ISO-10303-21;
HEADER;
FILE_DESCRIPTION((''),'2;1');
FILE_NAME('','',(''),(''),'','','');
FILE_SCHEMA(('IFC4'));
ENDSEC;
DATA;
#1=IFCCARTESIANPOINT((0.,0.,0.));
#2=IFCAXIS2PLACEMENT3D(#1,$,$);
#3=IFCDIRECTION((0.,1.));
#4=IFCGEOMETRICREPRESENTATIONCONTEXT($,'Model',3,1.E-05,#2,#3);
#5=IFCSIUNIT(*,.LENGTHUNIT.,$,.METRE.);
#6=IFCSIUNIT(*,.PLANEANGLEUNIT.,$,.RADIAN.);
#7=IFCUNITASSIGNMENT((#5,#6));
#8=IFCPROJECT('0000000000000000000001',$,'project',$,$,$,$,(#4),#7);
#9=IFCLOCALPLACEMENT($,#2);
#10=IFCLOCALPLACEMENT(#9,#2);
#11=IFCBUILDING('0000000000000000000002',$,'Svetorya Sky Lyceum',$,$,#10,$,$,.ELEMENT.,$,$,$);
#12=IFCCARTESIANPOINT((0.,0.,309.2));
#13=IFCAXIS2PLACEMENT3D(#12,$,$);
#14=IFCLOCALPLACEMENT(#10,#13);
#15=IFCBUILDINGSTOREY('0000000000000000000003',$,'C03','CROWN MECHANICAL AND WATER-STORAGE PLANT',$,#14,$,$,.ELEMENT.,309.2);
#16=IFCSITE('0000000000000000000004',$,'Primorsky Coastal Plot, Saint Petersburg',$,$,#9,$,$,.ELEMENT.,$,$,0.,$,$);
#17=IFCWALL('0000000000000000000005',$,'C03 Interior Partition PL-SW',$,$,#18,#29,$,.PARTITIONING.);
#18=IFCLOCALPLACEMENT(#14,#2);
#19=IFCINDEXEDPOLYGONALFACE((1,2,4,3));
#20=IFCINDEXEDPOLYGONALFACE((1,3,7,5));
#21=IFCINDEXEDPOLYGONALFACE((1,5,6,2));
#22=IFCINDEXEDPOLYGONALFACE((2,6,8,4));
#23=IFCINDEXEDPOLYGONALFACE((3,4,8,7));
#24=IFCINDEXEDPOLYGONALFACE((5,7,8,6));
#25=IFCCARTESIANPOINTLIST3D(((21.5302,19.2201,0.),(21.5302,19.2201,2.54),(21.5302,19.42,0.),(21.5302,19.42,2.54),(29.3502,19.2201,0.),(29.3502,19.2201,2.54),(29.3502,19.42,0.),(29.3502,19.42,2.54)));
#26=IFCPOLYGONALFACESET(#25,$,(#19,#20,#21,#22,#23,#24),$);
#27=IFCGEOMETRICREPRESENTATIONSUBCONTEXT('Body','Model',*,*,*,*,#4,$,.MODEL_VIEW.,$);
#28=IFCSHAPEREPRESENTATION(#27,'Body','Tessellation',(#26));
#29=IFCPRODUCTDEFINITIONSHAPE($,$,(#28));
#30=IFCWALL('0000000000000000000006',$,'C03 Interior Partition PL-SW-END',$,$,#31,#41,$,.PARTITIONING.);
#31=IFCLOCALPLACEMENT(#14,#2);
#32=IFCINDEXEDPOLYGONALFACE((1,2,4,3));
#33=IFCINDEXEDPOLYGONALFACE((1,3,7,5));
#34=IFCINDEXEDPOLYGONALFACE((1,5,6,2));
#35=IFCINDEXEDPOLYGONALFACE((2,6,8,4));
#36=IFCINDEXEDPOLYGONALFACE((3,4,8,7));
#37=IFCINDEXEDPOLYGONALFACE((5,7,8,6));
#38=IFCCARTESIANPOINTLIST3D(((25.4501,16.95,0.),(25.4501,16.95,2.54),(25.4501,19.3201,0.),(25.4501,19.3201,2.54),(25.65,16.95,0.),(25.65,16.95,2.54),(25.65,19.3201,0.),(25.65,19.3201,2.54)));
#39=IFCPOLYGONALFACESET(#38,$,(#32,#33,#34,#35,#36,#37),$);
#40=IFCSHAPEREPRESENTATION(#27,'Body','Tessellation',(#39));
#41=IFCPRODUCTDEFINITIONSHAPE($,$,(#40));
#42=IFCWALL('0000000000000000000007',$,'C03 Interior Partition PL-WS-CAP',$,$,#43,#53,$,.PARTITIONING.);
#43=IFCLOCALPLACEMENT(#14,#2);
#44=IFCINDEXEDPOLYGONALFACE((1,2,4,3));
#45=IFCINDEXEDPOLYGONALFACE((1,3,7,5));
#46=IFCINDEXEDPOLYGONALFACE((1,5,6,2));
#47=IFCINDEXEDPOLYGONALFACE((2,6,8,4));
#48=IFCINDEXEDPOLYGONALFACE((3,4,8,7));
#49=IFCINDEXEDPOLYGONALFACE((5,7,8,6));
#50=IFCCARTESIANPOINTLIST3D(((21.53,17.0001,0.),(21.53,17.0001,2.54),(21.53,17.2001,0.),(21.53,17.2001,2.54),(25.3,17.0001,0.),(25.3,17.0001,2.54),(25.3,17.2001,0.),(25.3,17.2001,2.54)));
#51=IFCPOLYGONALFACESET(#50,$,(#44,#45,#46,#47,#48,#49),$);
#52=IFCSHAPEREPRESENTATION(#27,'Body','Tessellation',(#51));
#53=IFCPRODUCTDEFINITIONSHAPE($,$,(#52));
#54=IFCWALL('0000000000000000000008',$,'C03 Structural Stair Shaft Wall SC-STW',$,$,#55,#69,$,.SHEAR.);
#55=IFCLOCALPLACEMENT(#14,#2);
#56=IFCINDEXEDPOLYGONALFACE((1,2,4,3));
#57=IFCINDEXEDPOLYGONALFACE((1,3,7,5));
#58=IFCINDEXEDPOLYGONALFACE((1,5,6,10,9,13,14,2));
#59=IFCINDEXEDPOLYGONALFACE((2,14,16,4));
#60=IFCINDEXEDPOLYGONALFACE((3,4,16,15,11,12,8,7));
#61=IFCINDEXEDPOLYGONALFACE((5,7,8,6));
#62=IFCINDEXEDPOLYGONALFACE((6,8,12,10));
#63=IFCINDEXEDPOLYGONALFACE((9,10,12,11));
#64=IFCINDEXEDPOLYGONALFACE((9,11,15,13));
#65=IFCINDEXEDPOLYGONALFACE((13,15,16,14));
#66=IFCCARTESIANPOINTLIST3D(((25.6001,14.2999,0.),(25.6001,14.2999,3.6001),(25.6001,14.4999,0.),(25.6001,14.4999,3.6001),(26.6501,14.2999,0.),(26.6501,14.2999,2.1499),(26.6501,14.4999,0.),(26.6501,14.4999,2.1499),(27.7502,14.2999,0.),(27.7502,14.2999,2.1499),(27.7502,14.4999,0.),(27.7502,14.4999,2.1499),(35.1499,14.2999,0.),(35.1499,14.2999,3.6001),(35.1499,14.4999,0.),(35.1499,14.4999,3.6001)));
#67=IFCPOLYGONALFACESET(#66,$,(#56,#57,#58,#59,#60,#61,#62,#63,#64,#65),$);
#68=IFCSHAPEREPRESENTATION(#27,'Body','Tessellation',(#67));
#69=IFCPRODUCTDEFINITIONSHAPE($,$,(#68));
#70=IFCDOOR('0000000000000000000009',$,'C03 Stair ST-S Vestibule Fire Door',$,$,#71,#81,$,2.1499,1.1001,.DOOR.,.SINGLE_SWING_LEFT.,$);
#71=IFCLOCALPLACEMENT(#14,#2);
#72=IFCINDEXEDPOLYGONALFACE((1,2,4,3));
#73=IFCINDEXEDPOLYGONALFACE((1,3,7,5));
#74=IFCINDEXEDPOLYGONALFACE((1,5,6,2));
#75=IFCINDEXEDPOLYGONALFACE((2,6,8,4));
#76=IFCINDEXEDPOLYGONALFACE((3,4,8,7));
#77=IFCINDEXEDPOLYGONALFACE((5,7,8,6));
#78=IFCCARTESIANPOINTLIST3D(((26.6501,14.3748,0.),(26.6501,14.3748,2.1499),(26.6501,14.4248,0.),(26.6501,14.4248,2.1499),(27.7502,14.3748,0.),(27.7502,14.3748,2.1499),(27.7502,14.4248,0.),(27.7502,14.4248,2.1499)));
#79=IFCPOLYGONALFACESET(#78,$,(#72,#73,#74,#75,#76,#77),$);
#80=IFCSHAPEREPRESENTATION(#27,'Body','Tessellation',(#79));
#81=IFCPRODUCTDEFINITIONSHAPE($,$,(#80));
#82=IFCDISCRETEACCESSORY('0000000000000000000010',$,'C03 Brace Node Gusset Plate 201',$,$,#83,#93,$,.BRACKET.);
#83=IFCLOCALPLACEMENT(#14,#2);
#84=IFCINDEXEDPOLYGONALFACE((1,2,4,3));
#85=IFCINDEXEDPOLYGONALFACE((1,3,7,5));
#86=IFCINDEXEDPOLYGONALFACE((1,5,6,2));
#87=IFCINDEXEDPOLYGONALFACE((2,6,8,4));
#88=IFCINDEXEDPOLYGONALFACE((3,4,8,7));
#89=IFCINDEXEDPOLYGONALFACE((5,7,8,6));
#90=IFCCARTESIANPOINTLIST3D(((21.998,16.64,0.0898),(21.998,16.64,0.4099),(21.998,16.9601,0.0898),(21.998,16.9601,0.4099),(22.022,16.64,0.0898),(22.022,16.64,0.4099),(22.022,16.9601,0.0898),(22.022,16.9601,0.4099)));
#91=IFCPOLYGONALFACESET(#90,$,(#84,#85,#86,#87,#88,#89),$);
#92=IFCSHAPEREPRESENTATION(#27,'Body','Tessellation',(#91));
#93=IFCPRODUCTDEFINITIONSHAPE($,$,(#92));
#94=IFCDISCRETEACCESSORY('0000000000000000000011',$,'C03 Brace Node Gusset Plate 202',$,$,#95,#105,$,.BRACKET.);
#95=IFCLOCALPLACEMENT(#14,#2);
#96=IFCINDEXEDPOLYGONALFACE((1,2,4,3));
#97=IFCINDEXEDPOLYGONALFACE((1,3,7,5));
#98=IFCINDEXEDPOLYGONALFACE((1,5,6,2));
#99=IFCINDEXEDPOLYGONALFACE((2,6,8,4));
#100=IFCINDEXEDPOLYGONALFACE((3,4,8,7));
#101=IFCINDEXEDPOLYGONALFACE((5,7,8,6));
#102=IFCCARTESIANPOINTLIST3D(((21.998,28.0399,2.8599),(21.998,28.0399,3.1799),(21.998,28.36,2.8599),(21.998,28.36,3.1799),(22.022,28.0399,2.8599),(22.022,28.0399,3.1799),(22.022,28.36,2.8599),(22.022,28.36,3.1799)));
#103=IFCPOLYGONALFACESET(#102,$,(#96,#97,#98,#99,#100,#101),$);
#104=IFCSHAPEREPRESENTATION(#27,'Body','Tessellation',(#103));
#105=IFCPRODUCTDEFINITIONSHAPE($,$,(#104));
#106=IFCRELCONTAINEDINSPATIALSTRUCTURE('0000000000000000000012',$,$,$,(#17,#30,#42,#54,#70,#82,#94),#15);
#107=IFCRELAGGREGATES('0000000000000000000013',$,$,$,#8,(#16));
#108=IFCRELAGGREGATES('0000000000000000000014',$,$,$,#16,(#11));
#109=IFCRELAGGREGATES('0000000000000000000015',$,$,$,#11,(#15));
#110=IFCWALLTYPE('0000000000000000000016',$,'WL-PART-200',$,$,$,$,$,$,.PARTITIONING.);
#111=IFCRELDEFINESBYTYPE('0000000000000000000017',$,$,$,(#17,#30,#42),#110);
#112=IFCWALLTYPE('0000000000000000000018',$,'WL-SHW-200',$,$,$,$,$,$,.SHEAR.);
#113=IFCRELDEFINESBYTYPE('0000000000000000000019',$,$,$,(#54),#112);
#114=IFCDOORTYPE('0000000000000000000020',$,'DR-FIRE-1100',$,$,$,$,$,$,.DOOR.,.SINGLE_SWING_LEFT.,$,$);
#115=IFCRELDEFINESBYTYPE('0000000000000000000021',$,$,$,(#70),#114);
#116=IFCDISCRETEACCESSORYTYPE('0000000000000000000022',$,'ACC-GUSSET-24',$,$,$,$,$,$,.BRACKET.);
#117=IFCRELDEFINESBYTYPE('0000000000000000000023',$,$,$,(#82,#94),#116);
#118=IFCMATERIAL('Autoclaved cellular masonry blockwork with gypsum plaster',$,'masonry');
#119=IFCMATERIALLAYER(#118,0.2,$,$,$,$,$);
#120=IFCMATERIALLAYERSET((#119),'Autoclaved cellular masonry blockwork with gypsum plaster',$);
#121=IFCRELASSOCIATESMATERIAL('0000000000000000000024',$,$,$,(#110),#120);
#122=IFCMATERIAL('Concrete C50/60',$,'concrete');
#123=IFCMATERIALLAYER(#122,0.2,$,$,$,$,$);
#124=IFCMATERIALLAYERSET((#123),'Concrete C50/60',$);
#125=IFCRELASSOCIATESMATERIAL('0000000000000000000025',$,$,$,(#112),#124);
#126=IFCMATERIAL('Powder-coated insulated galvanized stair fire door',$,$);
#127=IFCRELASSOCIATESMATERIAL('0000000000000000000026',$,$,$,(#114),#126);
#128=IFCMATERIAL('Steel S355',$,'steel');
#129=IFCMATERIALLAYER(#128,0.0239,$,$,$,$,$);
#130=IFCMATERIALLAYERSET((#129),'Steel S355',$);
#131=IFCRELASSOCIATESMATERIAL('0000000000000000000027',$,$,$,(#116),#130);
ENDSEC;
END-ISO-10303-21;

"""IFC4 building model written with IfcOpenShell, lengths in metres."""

from ifc_helpers import new_model, si_unit, direction, frame, frame_2d, origin, origin_2d, place, context, subcontext, project, spatial, rectangle, extrude, material, layer, layer_set, type_object, element, fill, save


model = new_model("IFC4")

# Units and contexts
model_context = context("Model", 3, precision=1e-05, world=origin(), true_north=direction((0.0, 1.0)))
body_context = subcontext(model_context, "Body", "Model", "MODEL_VIEW")
ifc_project = project(units=[si_unit("LENGTHUNIT", "METRE"), si_unit("PLANEANGLEUNIT", "RADIAN")], contexts=[model_context])

# Site, building, storey
site_placement = place(None, origin())
site = spatial("IfcSite", under=ifc_project, at=site_placement, Name="Primorsky Coastal Plot, Saint Petersburg", CompositionType="ELEMENT", RefElevation=0.0)
building_placement = place(site_placement, origin())
building = spatial("IfcBuilding", under=site, at=building_placement, Name="Svetorya Sky Lyceum", CompositionType="ELEMENT")
storey_placement = place(building_placement, frame((0.0, 0.0, 309.2)))
storey = spatial("IfcBuildingStorey", under=building, at=storey_placement, Name="C03", Description="CROWN MECHANICAL AND WATER-STORAGE PLANT", CompositionType="ELEMENT", Elevation=309.2)

# Shared definitions
ifc_material_1 = material(Name="Steel S355", Category="steel")

# Shared definitions
ifc_material_2 = material(Name="Concrete C50/60", Category="concrete")

# Walls
ifc_material_3 = material(Name="Autoclaved cellular masonry blockwork with gypsum plaster", Category="masonry")
ifc_layer_1 = layer(ifc_material_3, 0.2)
ifc_layer_set_1 = layer_set([ifc_layer_1], Name="Autoclaved cellular masonry blockwork with gypsum plaster")
wall_type_1 = type_object("IfcWallType", Name="WL-PART-200", PredefinedType="PARTITIONING", material=ifc_layer_set_1)
wall_1_placement = place(storey_placement, frame((21.53, 19.3201, 0.0), z_axis=(0.0, 0.0, 1.0), x_axis=(1.0, 0.0, 0.0)))
element("IfcWall", 1, at=wall_1_placement, inside=storey, type_object=wall_type_1, Name="C03 Interior Partition PL-SW", PredefinedType="PARTITIONING", context=body_context, shape_type="SweptSolid", body=[
    extrude(rectangle(XDim=7.8201, YDim=0.2, at=frame_2d((3.9102, 0.0))), origin(), (0.0, 0.0, 1.0), 2.54),
])
wall_2_placement = place(storey_placement, frame((25.55, 16.95, 0.0), z_axis=(0.0, 0.0, 1.0), x_axis=(0.0, 1.0, 0.0)))
element("IfcWall", 2, at=wall_2_placement, inside=storey, type_object=wall_type_1, Name="C03 Interior Partition PL-SW-END", PredefinedType="PARTITIONING", context=body_context, shape_type="SweptSolid", body=[
    extrude(rectangle(XDim=2.3701, YDim=0.2, at=frame_2d((1.1851, 0.0))), origin(), (0.0, 0.0, 1.0), 2.54),
])
wall_3_placement = place(storey_placement, frame((21.53, 17.1001, 0.0), z_axis=(0.0, 0.0, 1.0), x_axis=(1.0, 0.0, 0.0)))
element("IfcWall", 3, at=wall_3_placement, inside=storey, type_object=wall_type_1, Name="C03 Interior Partition PL-WS-CAP", PredefinedType="PARTITIONING", context=body_context, shape_type="SweptSolid", body=[
    extrude(rectangle(XDim=3.77, YDim=0.2, at=frame_2d((1.885, 0.0))), origin(), (0.0, 0.0, 1.0), 2.54),
])

# Wall, opening, door
ifc_layer_2 = layer(ifc_material_2, 0.2)
ifc_layer_set_2 = layer_set([ifc_layer_2], Name="Concrete C50/60")
wall_type_2 = type_object("IfcWallType", Name="WL-SHW-200", PredefinedType="SHEAR", material=ifc_layer_set_2)
wall_4_placement = place(storey_placement, frame((25.6001, 14.3999, 0.0), z_axis=(0.0, 0.0, 1.0), x_axis=(1.0, 0.0, 0.0)))
wall_4 = element("IfcWall", 4, at=wall_4_placement, inside=storey, type_object=wall_type_2, Name="C03 Structural Stair Shaft Wall SC-STW", PredefinedType="SHEAR", context=body_context, shape_type="SweptSolid", body=[
    extrude(rectangle(XDim=9.5498, YDim=0.2, at=frame_2d((4.7749, 0.0))), origin(), (0.0, 0.0, 1.0), 3.6001),
])
opening_placement = place(wall_4_placement, frame((1.05, 0.0, 0.0)))
opening = element("IfcOpeningElement", 5, at=opening_placement, cuts=wall_4, PredefinedType="OPENING", context=body_context, shape_type="SweptSolid", body=[
    extrude(rectangle(XDim=1.1001, YDim=2.1499, at=frame_2d((0.55, 1.075))), frame((0.0, 0.1099, 0.0), z_axis=(0.0, -1.0, 0.0), x_axis=(1.0, 0.0, 0.0)), (0.0, 0.0, 1.0), 0.22),
])
ifc_material_4 = material(Name="Powder-coated insulated galvanized stair fire door")
door_type = type_object("IfcDoorType", Name="DR-FIRE-1100", OperationType="SINGLE_SWING_LEFT", PredefinedType="DOOR", material=ifc_material_4)
door_placement = place(opening_placement, origin())
door = element("IfcDoor", 6, at=door_placement, inside=storey, type_object=door_type, Name="C03 Stair ST-S Vestibule Fire Door", OperationType="SINGLE_SWING_LEFT", OverallHeight=2.1499, OverallWidth=1.1001, PredefinedType="DOOR", context=body_context, shape_type="SweptSolid", body=[
    extrude(rectangle(XDim=1.1001, YDim=2.1499, at=frame_2d((0.55, 1.075))), frame((0.0, 0.0249, 0.0), z_axis=(0.0, -1.0, 0.0), x_axis=(1.0, 0.0, 0.0)), (0.0, 0.0, 1.0), 0.05),
])
fill(opening, door)

# Discrete accessories
ifc_layer_3 = layer(ifc_material_1, 0.0239)
ifc_layer_set_3 = layer_set([ifc_layer_3], Name="Steel S355")
discrete_accessory_type = type_object("IfcDiscreteAccessoryType", Name="ACC-GUSSET-24", PredefinedType="BRACKET", material=ifc_layer_set_3)
for number, where, z_axis, x_axis, name in (
    (7, (22.01, 16.8, 0.0898), (0.0, 0.0, 1.0), (1.0, 0.0, 0.0), "C03 Brace Node Gusset Plate 201"),
    (8, (22.01, 28.2, 2.8599), (0.0, 0.0, 1.0), (1.0, 0.0, 0.0), "C03 Brace Node Gusset Plate 202"),
):
    element("IfcDiscreteAccessory", number, at=place(storey_placement, frame(where, z_axis=z_axis, x_axis=x_axis)), inside=storey, type_object=discrete_accessory_type, Name=name, PredefinedType="BRACKET", context=body_context, shape_type="SweptSolid", body=[
        extrude(rectangle(XDim=0.0239, YDim=0.3201, at=origin_2d()), origin(), (0.0, 0.0, 1.0), 0.3201),
    ])

save(model, "model.ifc")
